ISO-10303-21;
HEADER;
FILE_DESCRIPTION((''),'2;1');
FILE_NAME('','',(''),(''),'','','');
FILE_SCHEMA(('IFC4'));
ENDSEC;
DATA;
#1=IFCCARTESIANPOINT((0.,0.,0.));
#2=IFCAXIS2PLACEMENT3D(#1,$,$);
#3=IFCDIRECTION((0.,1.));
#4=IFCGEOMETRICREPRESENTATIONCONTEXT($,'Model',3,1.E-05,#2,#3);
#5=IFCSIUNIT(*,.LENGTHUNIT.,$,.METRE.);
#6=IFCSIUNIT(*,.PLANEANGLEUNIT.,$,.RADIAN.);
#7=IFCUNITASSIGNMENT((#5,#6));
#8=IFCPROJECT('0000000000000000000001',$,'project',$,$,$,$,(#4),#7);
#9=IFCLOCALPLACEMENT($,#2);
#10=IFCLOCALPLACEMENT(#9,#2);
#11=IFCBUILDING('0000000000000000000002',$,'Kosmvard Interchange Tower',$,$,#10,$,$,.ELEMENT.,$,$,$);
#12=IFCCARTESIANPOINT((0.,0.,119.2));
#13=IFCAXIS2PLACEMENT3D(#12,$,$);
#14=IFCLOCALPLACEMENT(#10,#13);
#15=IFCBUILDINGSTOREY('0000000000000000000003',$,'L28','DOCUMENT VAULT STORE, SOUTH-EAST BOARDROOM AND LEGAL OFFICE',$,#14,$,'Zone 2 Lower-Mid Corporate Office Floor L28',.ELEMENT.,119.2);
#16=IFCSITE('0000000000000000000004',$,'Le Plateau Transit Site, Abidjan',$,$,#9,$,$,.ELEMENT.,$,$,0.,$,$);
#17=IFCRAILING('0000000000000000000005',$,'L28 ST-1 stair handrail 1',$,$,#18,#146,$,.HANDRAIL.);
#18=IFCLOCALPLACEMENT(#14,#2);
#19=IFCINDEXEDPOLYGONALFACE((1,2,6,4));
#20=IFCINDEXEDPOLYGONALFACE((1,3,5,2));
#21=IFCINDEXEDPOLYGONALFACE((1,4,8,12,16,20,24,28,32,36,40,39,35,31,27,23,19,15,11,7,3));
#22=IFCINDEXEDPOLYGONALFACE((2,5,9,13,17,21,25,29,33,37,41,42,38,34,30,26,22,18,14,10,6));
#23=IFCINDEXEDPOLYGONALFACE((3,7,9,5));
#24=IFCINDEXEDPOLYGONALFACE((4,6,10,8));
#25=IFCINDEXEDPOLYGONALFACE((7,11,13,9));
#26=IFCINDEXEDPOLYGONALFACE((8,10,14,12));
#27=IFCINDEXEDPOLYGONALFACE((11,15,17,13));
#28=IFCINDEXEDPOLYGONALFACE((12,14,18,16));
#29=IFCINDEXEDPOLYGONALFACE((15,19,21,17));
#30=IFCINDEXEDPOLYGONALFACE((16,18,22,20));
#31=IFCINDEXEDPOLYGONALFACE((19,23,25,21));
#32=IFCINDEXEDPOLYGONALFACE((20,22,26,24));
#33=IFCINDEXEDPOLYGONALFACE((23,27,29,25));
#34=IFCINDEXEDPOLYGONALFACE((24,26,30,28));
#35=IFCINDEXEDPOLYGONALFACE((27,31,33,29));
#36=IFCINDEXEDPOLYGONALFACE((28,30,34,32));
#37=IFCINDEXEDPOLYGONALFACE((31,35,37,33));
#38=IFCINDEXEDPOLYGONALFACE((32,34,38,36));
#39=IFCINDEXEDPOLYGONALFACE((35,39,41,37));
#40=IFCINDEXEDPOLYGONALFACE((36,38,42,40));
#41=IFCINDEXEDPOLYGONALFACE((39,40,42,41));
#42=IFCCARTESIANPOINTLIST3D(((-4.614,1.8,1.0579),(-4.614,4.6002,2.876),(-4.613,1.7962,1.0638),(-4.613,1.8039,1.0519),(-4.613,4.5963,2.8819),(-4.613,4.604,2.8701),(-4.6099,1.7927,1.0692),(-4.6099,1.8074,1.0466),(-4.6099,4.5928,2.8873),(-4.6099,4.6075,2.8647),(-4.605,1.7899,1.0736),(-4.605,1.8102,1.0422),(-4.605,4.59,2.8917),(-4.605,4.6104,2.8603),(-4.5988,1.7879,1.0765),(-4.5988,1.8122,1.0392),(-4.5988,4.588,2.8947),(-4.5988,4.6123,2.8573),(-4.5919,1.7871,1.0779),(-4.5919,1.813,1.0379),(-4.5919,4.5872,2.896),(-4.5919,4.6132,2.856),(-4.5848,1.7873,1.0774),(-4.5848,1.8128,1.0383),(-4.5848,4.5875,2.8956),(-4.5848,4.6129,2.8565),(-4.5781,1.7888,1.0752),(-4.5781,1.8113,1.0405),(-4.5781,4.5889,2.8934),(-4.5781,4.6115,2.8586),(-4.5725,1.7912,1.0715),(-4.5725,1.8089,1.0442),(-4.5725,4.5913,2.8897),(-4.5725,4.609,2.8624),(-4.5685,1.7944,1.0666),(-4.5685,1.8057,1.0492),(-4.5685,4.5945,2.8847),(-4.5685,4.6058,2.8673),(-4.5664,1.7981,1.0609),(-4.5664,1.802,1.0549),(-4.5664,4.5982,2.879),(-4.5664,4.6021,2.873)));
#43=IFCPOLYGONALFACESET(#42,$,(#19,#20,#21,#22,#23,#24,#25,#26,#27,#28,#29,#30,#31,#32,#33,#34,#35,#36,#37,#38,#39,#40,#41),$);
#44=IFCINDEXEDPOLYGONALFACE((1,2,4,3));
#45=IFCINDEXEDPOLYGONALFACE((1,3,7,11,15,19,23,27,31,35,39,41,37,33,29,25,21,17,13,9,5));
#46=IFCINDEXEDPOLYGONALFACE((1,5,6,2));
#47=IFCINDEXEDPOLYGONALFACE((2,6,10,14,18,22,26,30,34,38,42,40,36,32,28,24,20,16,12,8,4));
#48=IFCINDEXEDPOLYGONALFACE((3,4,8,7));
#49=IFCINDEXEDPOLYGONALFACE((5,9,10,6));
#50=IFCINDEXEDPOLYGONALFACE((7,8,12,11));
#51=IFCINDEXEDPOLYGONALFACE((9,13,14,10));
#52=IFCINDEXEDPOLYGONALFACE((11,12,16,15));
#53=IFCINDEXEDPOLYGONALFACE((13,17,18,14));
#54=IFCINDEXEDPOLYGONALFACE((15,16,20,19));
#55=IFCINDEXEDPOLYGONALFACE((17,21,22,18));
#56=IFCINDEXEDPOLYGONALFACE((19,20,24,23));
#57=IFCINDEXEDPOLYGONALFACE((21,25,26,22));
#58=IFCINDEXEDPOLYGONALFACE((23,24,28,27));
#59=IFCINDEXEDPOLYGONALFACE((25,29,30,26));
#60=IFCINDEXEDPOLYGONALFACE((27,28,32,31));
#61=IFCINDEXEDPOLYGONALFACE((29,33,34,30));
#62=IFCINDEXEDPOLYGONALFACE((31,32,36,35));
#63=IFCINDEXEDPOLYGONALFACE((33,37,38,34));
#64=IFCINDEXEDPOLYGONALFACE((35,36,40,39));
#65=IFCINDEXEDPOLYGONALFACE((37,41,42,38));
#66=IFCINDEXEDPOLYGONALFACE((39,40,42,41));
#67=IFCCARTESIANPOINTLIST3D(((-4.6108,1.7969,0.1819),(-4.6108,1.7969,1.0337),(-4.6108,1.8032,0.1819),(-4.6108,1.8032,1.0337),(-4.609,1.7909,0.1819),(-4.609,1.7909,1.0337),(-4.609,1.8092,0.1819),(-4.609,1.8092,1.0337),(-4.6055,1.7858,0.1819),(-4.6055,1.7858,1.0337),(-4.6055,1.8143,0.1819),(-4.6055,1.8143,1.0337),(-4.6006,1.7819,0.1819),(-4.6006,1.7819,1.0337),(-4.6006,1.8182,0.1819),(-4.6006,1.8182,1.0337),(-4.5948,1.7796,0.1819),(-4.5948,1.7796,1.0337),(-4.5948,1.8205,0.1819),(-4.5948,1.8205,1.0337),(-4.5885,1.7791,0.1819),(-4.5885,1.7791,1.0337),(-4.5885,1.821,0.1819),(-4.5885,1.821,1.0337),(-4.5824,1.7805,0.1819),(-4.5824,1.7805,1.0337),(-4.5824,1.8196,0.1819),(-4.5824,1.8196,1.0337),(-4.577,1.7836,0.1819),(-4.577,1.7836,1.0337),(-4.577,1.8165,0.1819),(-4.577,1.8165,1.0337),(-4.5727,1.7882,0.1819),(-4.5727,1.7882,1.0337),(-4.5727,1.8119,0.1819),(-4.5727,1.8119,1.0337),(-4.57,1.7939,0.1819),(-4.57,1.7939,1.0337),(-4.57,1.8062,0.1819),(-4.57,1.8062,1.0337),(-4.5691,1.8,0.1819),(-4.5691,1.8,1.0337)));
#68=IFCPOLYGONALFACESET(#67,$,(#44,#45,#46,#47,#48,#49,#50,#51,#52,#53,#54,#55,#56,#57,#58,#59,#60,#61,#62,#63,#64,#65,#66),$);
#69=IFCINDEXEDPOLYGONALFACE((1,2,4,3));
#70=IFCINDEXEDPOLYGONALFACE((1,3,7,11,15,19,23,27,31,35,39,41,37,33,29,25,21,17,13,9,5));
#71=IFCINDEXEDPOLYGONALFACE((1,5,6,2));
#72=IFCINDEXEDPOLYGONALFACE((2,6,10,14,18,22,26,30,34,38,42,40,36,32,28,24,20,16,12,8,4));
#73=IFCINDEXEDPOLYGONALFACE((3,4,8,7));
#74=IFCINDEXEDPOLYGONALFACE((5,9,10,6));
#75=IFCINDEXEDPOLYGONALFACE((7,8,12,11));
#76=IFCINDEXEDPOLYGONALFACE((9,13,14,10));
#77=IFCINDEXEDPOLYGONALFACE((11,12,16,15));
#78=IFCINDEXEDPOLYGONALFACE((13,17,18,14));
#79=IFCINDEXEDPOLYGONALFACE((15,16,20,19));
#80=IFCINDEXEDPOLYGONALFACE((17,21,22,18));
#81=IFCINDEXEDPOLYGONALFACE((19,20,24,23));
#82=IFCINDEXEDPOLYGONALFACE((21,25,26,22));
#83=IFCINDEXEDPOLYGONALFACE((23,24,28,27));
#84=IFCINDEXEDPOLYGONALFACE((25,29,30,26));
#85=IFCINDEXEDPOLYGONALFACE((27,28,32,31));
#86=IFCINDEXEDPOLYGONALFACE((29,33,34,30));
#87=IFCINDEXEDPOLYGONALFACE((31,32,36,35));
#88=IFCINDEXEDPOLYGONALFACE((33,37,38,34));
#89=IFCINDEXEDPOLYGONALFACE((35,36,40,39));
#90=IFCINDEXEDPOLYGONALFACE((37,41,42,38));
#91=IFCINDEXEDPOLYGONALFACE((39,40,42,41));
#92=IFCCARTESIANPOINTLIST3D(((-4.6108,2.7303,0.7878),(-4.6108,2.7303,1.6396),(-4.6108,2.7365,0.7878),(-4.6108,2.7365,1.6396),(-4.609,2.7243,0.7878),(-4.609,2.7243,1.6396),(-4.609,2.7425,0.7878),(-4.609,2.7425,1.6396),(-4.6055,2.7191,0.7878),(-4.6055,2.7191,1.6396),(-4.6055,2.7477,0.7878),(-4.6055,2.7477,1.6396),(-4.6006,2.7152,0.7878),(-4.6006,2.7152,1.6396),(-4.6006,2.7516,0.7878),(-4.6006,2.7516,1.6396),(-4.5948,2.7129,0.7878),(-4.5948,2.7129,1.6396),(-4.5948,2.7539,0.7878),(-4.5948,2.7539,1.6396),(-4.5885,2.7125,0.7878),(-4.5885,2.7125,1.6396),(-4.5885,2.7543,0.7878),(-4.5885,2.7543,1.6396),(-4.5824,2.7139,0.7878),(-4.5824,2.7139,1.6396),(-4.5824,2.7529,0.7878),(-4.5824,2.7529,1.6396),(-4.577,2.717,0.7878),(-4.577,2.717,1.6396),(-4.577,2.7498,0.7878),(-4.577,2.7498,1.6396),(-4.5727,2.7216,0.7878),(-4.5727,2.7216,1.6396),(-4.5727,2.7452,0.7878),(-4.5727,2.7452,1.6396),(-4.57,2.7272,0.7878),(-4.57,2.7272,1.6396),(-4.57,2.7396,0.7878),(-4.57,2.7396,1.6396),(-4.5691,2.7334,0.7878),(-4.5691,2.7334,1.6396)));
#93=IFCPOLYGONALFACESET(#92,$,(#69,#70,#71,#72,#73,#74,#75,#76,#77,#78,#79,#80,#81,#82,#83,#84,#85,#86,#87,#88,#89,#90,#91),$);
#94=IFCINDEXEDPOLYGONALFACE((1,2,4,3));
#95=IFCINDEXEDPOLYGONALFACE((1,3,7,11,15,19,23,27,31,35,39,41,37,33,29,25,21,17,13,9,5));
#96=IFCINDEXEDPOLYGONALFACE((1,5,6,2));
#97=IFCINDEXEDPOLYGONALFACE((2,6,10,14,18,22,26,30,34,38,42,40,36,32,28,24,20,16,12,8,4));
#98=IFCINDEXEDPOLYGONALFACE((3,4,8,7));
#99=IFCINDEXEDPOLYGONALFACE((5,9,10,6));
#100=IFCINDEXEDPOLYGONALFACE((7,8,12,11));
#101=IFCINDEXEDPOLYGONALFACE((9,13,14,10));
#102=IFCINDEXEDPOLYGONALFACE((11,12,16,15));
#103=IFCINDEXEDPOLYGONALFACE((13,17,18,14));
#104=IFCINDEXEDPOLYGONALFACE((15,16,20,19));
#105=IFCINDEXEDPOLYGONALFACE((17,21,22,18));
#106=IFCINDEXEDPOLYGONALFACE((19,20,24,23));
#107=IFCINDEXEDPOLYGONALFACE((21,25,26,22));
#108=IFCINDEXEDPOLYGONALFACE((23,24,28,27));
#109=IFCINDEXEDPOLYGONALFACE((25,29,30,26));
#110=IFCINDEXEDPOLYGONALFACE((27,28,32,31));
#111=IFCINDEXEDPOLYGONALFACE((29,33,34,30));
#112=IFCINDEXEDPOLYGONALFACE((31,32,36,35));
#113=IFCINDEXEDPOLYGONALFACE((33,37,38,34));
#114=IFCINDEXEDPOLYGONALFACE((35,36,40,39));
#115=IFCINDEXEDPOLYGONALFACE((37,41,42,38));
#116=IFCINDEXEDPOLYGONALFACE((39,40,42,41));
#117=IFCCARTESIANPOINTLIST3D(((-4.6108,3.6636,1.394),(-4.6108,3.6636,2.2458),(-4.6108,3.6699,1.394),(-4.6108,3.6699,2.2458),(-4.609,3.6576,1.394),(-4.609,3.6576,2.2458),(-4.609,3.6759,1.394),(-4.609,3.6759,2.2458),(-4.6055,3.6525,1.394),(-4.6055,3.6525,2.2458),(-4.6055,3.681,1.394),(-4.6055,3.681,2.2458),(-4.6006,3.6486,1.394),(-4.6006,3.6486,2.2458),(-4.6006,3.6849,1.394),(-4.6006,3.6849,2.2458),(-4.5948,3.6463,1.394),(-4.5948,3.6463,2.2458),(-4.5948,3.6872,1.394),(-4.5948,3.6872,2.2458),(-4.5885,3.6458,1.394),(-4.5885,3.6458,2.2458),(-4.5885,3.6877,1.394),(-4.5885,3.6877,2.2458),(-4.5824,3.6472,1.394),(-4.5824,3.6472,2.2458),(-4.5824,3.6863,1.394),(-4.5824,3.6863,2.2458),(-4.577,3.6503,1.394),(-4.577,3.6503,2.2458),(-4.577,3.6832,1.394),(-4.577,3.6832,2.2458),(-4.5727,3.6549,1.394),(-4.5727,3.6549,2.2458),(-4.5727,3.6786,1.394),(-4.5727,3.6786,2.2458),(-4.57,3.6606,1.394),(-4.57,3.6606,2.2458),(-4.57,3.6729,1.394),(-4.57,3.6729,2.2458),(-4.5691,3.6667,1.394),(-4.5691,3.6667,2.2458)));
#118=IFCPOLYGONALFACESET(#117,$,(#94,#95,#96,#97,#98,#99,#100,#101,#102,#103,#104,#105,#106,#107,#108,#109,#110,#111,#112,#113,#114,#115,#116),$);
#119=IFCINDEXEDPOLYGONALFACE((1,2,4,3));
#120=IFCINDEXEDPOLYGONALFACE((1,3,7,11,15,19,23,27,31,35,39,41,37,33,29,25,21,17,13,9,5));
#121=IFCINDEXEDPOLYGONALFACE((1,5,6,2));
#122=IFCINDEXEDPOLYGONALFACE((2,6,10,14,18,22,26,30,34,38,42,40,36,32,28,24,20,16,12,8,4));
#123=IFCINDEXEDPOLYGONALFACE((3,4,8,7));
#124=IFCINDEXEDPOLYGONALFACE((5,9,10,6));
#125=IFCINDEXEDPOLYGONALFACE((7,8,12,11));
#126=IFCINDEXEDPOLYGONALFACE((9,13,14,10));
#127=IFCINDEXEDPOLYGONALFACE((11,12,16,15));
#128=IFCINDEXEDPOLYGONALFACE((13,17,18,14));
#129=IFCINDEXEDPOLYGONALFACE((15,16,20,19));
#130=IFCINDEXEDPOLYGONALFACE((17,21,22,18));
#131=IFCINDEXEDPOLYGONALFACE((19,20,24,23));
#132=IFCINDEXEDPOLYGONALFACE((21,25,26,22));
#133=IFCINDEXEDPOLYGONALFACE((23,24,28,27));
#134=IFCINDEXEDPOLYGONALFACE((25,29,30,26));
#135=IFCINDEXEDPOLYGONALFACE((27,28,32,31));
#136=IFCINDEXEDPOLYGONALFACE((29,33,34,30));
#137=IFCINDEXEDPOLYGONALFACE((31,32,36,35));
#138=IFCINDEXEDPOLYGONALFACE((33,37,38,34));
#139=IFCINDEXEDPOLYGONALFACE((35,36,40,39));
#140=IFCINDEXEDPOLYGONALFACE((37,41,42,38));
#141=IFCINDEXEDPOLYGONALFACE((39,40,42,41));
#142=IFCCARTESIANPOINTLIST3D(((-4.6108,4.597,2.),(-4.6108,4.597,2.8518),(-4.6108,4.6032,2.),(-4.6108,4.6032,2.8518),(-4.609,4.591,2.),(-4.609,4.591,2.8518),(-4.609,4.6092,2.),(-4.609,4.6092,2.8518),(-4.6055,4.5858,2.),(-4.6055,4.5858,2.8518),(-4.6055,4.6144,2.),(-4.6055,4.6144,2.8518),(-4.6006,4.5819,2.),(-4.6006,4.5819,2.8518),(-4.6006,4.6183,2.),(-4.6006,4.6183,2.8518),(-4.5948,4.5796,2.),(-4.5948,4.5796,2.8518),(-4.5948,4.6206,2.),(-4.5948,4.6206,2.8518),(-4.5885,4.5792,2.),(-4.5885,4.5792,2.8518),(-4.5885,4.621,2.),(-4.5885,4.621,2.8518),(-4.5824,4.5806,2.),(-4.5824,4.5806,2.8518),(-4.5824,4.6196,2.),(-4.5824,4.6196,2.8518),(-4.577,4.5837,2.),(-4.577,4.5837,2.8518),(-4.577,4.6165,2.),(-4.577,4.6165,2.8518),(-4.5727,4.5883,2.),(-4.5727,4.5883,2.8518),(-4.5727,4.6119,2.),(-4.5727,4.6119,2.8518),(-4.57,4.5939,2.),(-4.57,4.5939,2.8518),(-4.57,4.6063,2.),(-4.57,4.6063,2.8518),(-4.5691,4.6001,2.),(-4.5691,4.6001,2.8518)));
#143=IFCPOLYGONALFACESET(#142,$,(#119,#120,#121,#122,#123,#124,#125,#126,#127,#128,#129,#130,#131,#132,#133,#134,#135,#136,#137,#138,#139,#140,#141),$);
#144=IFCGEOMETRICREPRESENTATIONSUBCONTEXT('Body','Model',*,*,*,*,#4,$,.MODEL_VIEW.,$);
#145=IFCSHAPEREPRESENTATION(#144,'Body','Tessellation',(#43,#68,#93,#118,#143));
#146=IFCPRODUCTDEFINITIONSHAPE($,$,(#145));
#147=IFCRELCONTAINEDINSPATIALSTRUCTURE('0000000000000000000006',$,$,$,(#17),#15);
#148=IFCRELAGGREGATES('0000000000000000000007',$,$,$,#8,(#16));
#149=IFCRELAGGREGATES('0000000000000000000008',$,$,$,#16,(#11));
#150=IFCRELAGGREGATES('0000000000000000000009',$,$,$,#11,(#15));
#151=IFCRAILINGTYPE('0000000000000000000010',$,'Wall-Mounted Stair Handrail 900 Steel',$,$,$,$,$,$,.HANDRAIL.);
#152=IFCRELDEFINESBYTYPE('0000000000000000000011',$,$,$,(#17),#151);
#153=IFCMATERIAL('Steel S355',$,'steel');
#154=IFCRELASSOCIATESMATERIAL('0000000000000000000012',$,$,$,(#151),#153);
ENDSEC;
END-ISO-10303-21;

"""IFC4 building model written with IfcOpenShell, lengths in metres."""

from ifc_helpers import new_model, si_unit, direction, frame, origin, origin_2d, place, context, subcontext, project, spatial, circle, extrude, source, transform, mapped, material, type_object, element, save


model = new_model("IFC4")

# Units and contexts
model_context = context("Model", 3, precision=1e-05, world=origin(), true_north=direction((0.0, 1.0)))
body_context = subcontext(model_context, "Body", "Model", "MODEL_VIEW")
ifc_project = project(units=[si_unit("LENGTHUNIT", "METRE"), si_unit("PLANEANGLEUNIT", "RADIAN")], contexts=[model_context])

# Site, building, storey
site_placement = place(None, origin())
site = spatial("IfcSite", under=ifc_project, at=site_placement, Name="Le Plateau Transit Site, Abidjan", CompositionType="ELEMENT", RefElevation=0.0)
building_placement = place(site_placement, origin())
building = spatial("IfcBuilding", under=site, at=building_placement, Name="Kosmvard Interchange Tower", CompositionType="ELEMENT")
storey_placement = place(building_placement, frame((0.0, 0.0, 119.2)))
storey = spatial("IfcBuildingStorey", under=building, at=storey_placement, Name="L28", Description="DOCUMENT VAULT STORE, SOUTH-EAST BOARDROOM AND LEGAL OFFICE", LongName="Zone 2 Lower-Mid Corporate Office Floor L28", CompositionType="ELEMENT", Elevation=119.2)

# Shared definitions
ifc_material_1 = material(Name="Steel S355", Category="steel")

# Railing
railing_type_1 = type_object("IfcRailingType", Name="Wall-Mounted Stair Handrail 900 Steel", PredefinedType="HANDRAIL", material=ifc_material_1)
shared_shape_1 = source(origin(), body_context, "Body", "SweptSolid", [
    extrude(circle(Radius=0.0239, at=origin_2d()), frame((0.0, 0.0, 0.876), z_axis=(0.0, 0.838706, 0.544585), x_axis=(-1.0, 0.0, 0.0)), (0.0, 0.0, 1.0), 3.3386),
    extrude(circle(Radius=0.021, at=origin_2d()), origin(), (0.0, 0.0, 1.0), 0.8518),
    extrude(circle(Radius=0.021, at=origin_2d()), frame((0.0, 0.9333, 0.606)), (0.0, 0.0, 1.0), 0.8518),
    extrude(circle(Radius=0.021, at=origin_2d()), frame((0.0, 1.8667, 1.2122)), (0.0, 0.0, 1.0), 0.8518),
    extrude(circle(Radius=0.021, at=origin_2d()), frame((0.0, 2.8, 1.8181)), (0.0, 0.0, 1.0), 0.8518),
])
railing_1_placement = place(storey_placement, frame((-4.5901, 1.8, 0.1819)))
element("IfcRailing", 1, at=railing_1_placement, inside=storey, type_object=railing_type_1, Name="L28 ST-1 stair handrail 1", PredefinedType="HANDRAIL", context=body_context, shape_type="MappedRepresentation", body=[
    mapped(shared_shape_1, transform((0.0, 0.0, 0.0), scale=1.0)),
])

save(model, "model.ifc")
